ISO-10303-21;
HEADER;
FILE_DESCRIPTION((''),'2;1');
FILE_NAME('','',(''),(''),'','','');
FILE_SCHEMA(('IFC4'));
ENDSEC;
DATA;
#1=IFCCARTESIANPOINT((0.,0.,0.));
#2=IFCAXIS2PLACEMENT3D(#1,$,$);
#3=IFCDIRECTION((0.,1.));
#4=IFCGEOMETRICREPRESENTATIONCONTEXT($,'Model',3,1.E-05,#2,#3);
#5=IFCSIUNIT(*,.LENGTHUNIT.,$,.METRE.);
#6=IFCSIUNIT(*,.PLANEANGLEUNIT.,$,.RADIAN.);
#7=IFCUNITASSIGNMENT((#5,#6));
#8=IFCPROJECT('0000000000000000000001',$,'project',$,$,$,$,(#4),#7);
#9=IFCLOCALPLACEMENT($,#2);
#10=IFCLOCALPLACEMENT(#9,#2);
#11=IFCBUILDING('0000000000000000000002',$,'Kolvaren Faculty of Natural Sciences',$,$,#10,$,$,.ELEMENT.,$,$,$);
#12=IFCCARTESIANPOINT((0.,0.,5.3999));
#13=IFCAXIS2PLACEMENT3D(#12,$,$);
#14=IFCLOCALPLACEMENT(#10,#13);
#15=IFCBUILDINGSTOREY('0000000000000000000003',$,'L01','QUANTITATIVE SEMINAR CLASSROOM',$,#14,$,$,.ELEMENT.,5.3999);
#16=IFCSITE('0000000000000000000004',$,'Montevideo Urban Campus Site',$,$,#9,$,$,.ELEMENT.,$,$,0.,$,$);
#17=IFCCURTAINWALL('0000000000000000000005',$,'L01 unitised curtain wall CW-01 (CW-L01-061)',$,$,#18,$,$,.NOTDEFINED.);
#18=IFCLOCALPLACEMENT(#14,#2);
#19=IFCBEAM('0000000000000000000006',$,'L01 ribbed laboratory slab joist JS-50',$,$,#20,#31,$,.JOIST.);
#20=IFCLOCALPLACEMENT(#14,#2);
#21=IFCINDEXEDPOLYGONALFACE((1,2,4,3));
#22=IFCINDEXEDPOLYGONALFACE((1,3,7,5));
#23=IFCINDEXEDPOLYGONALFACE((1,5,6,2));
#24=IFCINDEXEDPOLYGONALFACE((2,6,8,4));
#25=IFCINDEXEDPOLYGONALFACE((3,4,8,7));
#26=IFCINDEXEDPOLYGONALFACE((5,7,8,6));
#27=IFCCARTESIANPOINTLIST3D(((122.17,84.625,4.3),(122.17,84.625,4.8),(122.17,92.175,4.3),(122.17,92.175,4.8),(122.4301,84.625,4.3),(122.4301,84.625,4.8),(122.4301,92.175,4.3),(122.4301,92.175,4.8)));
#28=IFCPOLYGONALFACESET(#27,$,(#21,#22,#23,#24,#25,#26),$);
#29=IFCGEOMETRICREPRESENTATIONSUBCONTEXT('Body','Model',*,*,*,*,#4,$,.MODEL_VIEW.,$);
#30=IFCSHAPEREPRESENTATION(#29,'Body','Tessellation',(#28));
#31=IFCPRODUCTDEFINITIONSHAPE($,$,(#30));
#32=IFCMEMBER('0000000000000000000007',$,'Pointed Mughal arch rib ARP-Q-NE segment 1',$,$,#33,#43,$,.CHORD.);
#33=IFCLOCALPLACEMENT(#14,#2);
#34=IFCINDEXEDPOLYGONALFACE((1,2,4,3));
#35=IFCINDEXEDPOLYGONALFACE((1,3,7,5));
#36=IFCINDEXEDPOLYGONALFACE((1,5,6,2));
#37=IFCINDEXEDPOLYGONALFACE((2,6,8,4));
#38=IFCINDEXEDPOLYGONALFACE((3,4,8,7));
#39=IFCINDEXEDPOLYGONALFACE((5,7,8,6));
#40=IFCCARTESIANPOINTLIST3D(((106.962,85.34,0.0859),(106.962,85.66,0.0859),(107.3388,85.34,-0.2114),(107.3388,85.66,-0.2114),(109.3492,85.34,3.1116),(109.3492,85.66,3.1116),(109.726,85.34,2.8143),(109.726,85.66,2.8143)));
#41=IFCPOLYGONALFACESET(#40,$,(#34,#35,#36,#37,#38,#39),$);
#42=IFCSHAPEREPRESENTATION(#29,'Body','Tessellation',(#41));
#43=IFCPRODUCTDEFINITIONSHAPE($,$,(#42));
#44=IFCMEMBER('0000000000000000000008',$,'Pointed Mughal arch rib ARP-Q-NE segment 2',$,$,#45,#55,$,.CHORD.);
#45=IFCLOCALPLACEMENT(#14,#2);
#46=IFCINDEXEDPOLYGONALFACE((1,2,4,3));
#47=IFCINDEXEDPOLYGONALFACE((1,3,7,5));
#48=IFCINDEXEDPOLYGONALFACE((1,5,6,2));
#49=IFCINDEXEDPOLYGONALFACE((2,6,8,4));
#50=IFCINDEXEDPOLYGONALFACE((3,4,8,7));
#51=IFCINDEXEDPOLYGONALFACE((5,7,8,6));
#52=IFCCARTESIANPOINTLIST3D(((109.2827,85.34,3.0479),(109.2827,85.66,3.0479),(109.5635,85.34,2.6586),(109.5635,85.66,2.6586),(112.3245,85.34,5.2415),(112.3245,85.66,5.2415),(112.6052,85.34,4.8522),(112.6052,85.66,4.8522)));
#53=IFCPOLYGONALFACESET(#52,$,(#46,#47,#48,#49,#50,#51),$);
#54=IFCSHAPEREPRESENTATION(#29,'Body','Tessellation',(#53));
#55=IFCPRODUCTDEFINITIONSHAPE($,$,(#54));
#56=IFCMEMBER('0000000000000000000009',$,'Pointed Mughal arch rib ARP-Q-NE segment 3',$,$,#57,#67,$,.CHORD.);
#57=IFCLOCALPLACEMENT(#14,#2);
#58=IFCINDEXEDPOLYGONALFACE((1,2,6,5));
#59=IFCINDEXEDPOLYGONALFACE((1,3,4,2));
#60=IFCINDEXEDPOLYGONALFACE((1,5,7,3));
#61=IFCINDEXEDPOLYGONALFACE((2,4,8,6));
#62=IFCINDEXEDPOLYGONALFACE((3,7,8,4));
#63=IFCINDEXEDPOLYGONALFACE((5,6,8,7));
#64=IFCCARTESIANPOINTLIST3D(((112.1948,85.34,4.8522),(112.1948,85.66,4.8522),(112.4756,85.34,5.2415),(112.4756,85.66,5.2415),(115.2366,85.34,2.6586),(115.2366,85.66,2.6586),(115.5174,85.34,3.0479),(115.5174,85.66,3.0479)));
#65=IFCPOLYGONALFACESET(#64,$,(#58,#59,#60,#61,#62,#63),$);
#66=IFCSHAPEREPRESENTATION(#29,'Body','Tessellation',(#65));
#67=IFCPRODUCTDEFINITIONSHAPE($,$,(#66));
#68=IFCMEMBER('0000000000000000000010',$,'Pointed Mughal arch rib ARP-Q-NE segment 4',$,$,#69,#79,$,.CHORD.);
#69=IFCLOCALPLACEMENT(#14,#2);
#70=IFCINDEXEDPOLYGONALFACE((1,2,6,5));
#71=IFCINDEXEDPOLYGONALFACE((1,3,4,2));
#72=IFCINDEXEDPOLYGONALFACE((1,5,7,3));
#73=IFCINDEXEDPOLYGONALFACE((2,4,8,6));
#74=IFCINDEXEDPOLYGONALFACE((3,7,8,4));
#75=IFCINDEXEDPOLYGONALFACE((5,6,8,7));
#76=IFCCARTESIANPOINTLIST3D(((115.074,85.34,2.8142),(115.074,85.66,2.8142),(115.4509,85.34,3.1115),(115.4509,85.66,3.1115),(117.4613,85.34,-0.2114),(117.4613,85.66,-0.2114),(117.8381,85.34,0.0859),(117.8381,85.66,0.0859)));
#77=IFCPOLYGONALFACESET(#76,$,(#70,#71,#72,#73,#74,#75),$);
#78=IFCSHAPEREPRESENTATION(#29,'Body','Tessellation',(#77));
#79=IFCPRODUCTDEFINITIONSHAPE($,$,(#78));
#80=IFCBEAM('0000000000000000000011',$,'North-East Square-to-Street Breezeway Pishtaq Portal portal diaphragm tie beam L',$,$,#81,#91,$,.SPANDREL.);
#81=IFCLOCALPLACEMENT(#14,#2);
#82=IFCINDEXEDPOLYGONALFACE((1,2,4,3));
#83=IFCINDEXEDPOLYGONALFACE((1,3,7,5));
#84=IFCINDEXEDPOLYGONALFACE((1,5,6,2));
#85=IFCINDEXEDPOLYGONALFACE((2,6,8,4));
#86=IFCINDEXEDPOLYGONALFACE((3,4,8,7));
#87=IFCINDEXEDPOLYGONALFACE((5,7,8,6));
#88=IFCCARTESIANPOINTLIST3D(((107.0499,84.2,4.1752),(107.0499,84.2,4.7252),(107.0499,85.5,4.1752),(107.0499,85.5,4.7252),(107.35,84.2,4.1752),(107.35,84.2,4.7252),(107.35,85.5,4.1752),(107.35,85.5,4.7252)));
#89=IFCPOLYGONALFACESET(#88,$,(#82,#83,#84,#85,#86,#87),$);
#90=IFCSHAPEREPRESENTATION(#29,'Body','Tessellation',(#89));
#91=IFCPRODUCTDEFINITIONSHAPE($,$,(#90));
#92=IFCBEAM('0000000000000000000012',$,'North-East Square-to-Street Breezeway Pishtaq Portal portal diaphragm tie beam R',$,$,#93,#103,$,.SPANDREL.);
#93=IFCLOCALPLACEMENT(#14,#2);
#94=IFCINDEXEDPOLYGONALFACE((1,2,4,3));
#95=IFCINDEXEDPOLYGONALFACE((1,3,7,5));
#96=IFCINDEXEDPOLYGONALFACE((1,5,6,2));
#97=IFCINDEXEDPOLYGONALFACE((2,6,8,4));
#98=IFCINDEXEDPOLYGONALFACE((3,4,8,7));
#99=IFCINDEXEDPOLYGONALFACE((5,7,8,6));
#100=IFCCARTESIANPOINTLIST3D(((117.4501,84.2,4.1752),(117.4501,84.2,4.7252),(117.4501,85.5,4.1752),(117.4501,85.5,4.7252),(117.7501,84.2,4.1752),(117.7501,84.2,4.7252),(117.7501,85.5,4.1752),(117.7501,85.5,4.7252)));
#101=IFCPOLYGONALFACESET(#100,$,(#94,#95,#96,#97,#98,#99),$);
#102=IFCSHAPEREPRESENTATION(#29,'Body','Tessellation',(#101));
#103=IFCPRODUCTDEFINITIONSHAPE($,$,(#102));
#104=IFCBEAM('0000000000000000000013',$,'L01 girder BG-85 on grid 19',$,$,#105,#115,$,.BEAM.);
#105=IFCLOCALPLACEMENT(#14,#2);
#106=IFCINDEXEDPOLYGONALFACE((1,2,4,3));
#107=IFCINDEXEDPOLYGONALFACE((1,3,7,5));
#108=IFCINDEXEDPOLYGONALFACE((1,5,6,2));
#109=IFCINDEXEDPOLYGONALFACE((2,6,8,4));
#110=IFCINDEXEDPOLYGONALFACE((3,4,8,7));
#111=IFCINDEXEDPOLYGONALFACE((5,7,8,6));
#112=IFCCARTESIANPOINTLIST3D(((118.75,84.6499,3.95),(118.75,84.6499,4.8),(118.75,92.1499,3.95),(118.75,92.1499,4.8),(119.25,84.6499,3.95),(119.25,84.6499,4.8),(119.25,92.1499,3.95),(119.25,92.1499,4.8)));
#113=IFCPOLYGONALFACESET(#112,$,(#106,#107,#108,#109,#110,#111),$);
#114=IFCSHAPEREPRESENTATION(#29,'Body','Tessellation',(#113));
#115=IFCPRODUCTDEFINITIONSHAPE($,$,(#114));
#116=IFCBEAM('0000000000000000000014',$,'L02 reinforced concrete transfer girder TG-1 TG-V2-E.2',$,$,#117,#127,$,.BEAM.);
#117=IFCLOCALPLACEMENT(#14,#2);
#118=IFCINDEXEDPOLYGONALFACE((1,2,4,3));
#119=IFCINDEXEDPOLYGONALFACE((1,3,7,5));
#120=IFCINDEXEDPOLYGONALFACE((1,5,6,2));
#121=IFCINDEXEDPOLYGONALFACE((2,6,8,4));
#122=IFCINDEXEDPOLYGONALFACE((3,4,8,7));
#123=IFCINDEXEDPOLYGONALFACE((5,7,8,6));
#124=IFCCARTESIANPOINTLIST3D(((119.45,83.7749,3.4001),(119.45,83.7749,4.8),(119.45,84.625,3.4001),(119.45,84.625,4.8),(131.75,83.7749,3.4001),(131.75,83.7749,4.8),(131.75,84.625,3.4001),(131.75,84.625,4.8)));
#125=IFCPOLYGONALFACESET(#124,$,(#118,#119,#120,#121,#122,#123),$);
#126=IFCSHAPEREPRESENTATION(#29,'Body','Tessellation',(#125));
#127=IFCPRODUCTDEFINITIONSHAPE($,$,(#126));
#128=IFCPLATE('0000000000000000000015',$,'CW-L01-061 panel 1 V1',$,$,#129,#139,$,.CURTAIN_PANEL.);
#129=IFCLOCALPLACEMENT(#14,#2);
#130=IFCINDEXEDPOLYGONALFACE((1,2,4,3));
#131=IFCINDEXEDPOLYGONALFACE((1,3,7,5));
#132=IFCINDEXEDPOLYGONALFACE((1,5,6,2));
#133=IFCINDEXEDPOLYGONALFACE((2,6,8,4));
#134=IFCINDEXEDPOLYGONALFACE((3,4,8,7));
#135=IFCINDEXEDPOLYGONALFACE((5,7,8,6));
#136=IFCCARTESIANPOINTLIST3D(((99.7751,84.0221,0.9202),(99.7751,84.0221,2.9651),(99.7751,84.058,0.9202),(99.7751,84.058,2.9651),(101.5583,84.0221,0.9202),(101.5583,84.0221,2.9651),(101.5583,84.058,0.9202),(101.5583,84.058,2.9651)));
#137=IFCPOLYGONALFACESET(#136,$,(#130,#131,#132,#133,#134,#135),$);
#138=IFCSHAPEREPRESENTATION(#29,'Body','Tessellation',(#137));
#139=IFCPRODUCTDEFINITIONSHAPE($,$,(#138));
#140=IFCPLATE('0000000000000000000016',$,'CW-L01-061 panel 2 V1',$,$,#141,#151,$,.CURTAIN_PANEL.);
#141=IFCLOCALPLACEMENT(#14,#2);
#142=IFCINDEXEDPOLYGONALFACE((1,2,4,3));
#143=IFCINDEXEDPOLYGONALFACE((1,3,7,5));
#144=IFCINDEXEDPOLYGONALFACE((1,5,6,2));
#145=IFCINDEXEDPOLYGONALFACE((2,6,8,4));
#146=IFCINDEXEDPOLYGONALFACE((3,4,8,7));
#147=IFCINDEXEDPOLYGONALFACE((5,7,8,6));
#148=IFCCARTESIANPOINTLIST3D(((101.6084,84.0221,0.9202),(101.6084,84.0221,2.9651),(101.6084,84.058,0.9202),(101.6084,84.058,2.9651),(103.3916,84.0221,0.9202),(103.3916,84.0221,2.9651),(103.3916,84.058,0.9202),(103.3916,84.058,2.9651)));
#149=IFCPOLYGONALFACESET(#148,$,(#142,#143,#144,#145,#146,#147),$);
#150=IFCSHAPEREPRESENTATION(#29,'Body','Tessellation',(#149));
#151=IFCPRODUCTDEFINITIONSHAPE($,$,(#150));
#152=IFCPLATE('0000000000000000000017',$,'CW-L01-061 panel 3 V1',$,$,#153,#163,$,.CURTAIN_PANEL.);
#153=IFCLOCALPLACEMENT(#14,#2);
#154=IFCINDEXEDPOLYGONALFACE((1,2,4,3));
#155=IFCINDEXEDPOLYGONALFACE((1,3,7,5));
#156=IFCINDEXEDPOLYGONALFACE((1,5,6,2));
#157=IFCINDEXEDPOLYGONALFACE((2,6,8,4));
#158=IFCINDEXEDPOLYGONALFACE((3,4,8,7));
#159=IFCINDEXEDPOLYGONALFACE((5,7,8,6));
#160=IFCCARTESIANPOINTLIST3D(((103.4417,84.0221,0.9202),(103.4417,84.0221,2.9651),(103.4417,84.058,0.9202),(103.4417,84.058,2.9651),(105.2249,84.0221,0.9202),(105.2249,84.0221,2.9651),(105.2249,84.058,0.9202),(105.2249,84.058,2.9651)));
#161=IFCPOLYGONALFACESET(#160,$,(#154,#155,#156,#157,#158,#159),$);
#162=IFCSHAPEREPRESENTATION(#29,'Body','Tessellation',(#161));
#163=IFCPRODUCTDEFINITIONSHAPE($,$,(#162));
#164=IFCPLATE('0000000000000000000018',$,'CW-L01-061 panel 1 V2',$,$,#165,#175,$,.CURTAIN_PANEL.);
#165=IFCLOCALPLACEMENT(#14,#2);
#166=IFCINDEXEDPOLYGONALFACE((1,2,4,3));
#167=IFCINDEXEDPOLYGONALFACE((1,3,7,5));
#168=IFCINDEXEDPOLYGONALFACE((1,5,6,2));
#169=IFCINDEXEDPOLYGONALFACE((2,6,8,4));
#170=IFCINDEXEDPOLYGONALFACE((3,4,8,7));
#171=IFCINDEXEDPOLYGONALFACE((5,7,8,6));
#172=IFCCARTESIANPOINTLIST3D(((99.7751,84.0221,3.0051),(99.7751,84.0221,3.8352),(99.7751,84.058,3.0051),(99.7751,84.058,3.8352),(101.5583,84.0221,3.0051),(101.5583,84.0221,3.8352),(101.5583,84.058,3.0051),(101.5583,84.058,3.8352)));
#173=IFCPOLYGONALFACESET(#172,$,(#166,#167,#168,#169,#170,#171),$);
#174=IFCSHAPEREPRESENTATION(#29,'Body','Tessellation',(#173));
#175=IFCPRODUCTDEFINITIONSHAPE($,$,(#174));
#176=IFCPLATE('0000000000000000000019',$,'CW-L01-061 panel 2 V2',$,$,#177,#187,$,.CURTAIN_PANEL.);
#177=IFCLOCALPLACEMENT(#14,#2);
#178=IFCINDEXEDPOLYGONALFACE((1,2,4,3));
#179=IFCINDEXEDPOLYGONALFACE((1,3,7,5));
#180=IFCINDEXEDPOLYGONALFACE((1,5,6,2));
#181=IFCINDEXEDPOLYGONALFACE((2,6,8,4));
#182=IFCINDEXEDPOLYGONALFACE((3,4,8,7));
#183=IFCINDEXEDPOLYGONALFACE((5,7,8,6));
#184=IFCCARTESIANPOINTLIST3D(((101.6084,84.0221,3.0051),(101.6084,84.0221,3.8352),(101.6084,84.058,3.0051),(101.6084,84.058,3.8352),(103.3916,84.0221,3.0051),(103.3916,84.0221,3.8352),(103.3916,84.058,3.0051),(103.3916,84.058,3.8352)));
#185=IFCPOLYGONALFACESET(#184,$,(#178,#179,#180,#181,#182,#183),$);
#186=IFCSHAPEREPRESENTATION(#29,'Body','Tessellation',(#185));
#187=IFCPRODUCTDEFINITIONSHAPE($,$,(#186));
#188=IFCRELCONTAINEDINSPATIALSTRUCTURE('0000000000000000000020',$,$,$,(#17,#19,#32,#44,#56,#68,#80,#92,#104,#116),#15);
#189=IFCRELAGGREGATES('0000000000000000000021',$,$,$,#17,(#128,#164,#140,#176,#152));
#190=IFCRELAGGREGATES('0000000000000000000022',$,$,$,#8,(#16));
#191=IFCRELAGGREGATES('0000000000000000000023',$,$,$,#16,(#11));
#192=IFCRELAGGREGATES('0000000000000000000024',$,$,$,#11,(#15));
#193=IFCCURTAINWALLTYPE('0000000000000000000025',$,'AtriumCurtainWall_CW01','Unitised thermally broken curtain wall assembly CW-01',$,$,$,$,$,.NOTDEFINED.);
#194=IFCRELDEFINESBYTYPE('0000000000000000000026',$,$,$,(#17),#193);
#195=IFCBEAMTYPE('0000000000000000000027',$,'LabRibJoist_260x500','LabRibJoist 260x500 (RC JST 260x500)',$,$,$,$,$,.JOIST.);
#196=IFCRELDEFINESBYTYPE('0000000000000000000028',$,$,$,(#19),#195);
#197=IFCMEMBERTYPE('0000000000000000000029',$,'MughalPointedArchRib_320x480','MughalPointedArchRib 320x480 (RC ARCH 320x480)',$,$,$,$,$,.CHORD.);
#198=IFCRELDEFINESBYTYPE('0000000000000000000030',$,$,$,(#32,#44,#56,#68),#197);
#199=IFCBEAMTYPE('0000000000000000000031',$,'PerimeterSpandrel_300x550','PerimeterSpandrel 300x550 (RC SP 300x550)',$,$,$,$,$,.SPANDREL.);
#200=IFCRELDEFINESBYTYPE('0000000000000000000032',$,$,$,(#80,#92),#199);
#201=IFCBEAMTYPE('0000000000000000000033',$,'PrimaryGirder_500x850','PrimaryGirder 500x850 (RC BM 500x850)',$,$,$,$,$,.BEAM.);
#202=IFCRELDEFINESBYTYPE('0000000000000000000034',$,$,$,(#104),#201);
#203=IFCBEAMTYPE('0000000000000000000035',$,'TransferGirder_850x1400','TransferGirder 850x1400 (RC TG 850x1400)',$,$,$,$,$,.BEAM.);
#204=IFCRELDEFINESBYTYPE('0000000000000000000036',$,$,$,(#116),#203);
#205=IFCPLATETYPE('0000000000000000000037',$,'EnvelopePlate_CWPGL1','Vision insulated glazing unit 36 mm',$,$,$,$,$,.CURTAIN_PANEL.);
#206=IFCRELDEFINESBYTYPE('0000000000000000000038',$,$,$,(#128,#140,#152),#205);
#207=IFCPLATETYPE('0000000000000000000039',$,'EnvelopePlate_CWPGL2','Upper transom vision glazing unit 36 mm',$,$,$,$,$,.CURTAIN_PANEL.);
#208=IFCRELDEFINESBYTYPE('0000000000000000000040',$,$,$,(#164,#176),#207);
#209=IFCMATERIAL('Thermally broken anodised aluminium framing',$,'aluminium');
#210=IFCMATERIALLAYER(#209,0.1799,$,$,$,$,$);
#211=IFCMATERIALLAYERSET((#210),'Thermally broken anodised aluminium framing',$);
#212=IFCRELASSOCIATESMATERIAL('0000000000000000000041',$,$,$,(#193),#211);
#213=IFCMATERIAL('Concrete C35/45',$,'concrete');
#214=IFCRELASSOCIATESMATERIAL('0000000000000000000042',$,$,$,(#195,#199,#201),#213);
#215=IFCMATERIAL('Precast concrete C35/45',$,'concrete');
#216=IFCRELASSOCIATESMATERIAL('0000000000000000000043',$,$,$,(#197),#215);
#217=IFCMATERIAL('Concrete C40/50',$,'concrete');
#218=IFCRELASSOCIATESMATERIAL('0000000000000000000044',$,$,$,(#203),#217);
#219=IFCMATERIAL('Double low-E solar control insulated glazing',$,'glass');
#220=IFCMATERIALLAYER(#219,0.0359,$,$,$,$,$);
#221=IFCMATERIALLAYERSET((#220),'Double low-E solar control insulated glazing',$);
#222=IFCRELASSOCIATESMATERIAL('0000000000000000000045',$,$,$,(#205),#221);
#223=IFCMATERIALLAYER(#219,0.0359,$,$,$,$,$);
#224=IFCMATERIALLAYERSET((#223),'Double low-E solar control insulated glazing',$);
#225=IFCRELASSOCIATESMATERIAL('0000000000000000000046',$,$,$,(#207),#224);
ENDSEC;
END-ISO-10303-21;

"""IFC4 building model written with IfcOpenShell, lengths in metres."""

from ifc_helpers import new_model, si_unit, direction, frame, origin, origin_2d, place, context, subcontext, project, spatial, rectangle, extrude, material, layer, layer_set, material_profile, profile_set, type_object, element, aggregate, save


model = new_model("IFC4")

# Units and contexts
model_context = context("Model", 3, precision=1e-05, world=origin(), true_north=direction((0.0, 1.0)))
body_context = subcontext(model_context, "Body", "Model", "MODEL_VIEW")
ifc_project = project(units=[si_unit("LENGTHUNIT", "METRE"), si_unit("PLANEANGLEUNIT", "RADIAN")], contexts=[model_context])

# Site, building, storey
site_placement = place(None, origin())
site = spatial("IfcSite", under=ifc_project, at=site_placement, Name="Montevideo Urban Campus Site", CompositionType="ELEMENT", RefElevation=0.0)
building_placement = place(site_placement, origin())
building = spatial("IfcBuilding", under=site, at=building_placement, Name="Kolvaren Faculty of Natural Sciences", CompositionType="ELEMENT")
storey_placement = place(building_placement, frame((0.0, 0.0, 5.3999)))
storey = spatial("IfcBuildingStorey", under=building, at=storey_placement, Name="L01", Description="QUANTITATIVE SEMINAR CLASSROOM", CompositionType="ELEMENT", Elevation=5.3999)

# Shared definitions
ifc_material_1 = material(Name="Concrete C40/50", Category="concrete")

# Shared definitions
ifc_material_2 = material(Name="Thermally broken anodised aluminium framing", Category="aluminium")

# Curtain wall
ifc_layer_1 = layer(ifc_material_2, 0.1799)
ifc_layer_set_1 = layer_set([ifc_layer_1], Name="Thermally broken anodised aluminium framing")
curtain_wall_type_1 = type_object("IfcCurtainWallType", Name="AtriumCurtainWall_CW01", Description="Unitised thermally broken curtain wall assembly CW-01", PredefinedType="NOTDEFINED", material=ifc_layer_set_1)
curtain_wall_1_placement = place(storey_placement, origin())
curtain_wall_1 = element("IfcCurtainWall", 1, at=curtain_wall_1_placement, inside=storey, type_object=curtain_wall_type_1, Name="L01 unitised curtain wall CW-01 (CW-L01-061)", PredefinedType="NOTDEFINED")

# Beam
ifc_material_3 = material(Name="Concrete C35/45", Category="concrete")
ifc_material_profile_1 = material_profile(ifc_material_3, rectangle(XDim=0.26, YDim=0.5, at=origin_2d()), Name="RC JST 260x500")
ifc_profile_set_1 = profile_set([ifc_material_profile_1], Name="Concrete C35/45")
beam_type_1 = type_object("IfcBeamType", Name="LabRibJoist_260x500", Description="LabRibJoist 260x500 (RC JST 260x500)", PredefinedType="JOIST", material=ifc_profile_set_1)
beam_1_placement = place(storey_placement, frame((122.3, 84.625, 4.55), z_axis=(0.0, 1.0, 0.0), x_axis=(-1.0, 0.0, 0.0)))
element("IfcBeam", 2, at=beam_1_placement, inside=storey, type_object=beam_type_1, Name="L01 ribbed laboratory slab joist JS-50", PredefinedType="JOIST", context=body_context, shape_type="SweptSolid", body=[
    extrude(rectangle(XDim=0.26, YDim=0.5, at=origin_2d()), origin(), (0.0, 0.0, 1.0), 7.55),
])

# Members
ifc_material_4 = material(Name="Precast concrete C35/45", Category="concrete")
ifc_material_profile_2 = material_profile(ifc_material_4, rectangle(XDim=0.3201, YDim=0.48, at=origin_2d()), Name="RC ARCH 320x480")
ifc_profile_set_2 = profile_set([ifc_material_profile_2], Name="Precast concrete C35/45")
member_type_1 = type_object("IfcMemberType", Name="MughalPointedArchRib_320x480", Description="MughalPointedArchRib 320x480 (RC ARCH 320x480)", PredefinedType="CHORD", material=ifc_profile_set_2)
member_1_placement = place(storey_placement, frame((107.1504, 85.5, -0.0627), z_axis=(0.619412, 0.0, 0.785066), x_axis=(0.0, 1.0, 0.0)))
element("IfcMember", 3, at=member_1_placement, inside=storey, type_object=member_type_1, Name="Pointed Mughal arch rib ARP-Q-NE segment 1", PredefinedType="CHORD", context=body_context, shape_type="SweptSolid", body=[
    extrude(rectangle(XDim=0.3201, YDim=0.48, at=origin_2d()), origin(), (0.0, 0.0, 1.0), 3.854),
])
for number, where, z_axis, x_axis, name in (
    (4, (109.4231, 85.5, 2.8533), (0.811086, 0.0, 0.584927), (0.0, 1.0, 0.0), "Pointed Mughal arch rib ARP-Q-NE segment 2"),
    (5, (112.3352, 85.5, 5.0469), (0.811086, 0.0, -0.584927), (0.0, 1.0, 0.0), "Pointed Mughal arch rib ARP-Q-NE segment 3"),
):
    element("IfcMember", number, at=place(storey_placement, frame(where, z_axis=z_axis, x_axis=x_axis)), inside=storey, type_object=member_type_1, Name=name, PredefinedType="CHORD", context=body_context, shape_type="SweptSolid", body=[
        extrude(rectangle(XDim=0.3201, YDim=0.48, at=origin_2d()), origin(), (0.0, 0.0, 1.0), 3.7502),
    ])
member_2_placement = place(storey_placement, frame((115.2625, 85.5, 2.9629), z_axis=(0.619412, 0.0, -0.785066), x_axis=(0.0, 1.0, 0.0)))
element("IfcMember", 6, at=member_2_placement, inside=storey, type_object=member_type_1, Name="Pointed Mughal arch rib ARP-Q-NE segment 4", PredefinedType="CHORD", context=body_context, shape_type="SweptSolid", body=[
    extrude(rectangle(XDim=0.3201, YDim=0.48, at=origin_2d()), origin(), (0.0, 0.0, 1.0), 3.854),
])

# Beams
ifc_material_profile_3 = material_profile(ifc_material_3, rectangle(XDim=0.3, YDim=0.55, at=origin_2d()), Name="RC SP 300x550")
ifc_profile_set_3 = profile_set([ifc_material_profile_3], Name="Concrete C35/45")
beam_type_2 = type_object("IfcBeamType", Name="PerimeterSpandrel_300x550", Description="PerimeterSpandrel 300x550 (RC SP 300x550)", PredefinedType="SPANDREL", material=ifc_profile_set_3)
for number, where, z_axis, x_axis, name in (
    (7, (107.2, 84.2, 4.4502), (0.0, 1.0, 0.0), (-1.0, 0.0, 0.0), "North-East Square-to-Street Breezeway Pishtaq Portal portal diaphragm tie beam L"),
    (8, (117.6001, 84.2, 4.4502), (0.0, 1.0, 0.0), (-1.0, 0.0, 0.0), "North-East Square-to-Street Breezeway Pishtaq Portal portal diaphragm tie beam R"),
):
    element("IfcBeam", number, at=place(storey_placement, frame(where, z_axis=z_axis, x_axis=x_axis)), inside=storey, type_object=beam_type_2, Name=name, PredefinedType="SPANDREL", context=body_context, shape_type="SweptSolid", body=[
        extrude(rectangle(XDim=0.3, YDim=0.55, at=origin_2d()), origin(), (0.0, 0.0, 1.0), 1.3),
    ])
ifc_material_profile_4 = material_profile(ifc_material_3, rectangle(XDim=0.5, YDim=0.8501, at=origin_2d()), Name="RC BM 500x850")
ifc_profile_set_4 = profile_set([ifc_material_profile_4], Name="Concrete C35/45")
beam_type_3 = type_object("IfcBeamType", Name="PrimaryGirder_500x850", Description="PrimaryGirder 500x850 (RC BM 500x850)", PredefinedType="BEAM", material=ifc_profile_set_4)
beam_2_placement = place(storey_placement, frame((119.0, 84.6499, 4.375), z_axis=(0.0, 1.0, 0.0), x_axis=(-1.0, 0.0, 0.0)))
element("IfcBeam", 9, at=beam_2_placement, inside=storey, type_object=beam_type_3, Name="L01 girder BG-85 on grid 19", PredefinedType="BEAM", context=body_context, shape_type="SweptSolid", body=[
    extrude(rectangle(XDim=0.5, YDim=0.8501, at=origin_2d()), origin(), (0.0, 0.0, 1.0), 7.5),
])
ifc_material_profile_5 = material_profile(ifc_material_1, rectangle(XDim=0.8501, YDim=1.3999, at=origin_2d()), Name="RC TG 850x1400")
ifc_profile_set_5 = profile_set([ifc_material_profile_5], Name="Concrete C40/50")
beam_type_4 = type_object("IfcBeamType", Name="TransferGirder_850x1400", Description="TransferGirder 850x1400 (RC TG 850x1400)", PredefinedType="BEAM", material=ifc_profile_set_5)
beam_3_placement = place(storey_placement, frame((119.45, 84.2, 4.1001), z_axis=(1.0, 0.0, 0.0), x_axis=(0.0, 1.0, 0.0)))
element("IfcBeam", 10, at=beam_3_placement, inside=storey, type_object=beam_type_4, Name="L02 reinforced concrete transfer girder TG-1 TG-V2-E.2", PredefinedType="BEAM", context=body_context, shape_type="SweptSolid", body=[
    extrude(rectangle(XDim=0.8501, YDim=1.3999, at=origin_2d()), origin(), (0.0, 0.0, 1.0), 12.3),
])

# Plates
ifc_material_5 = material(Name="Double low-E solar control insulated glazing", Category="glass")
ifc_layer_2 = layer(ifc_material_5, 0.0359)
ifc_layer_set_2 = layer_set([ifc_layer_2], Name="Double low-E solar control insulated glazing")
plate_type_1 = type_object("IfcPlateType", Name="EnvelopePlate_CWPGL1", Description="Vision insulated glazing unit 36 mm", PredefinedType="CURTAIN_PANEL", material=ifc_layer_set_2)
plate_1_placement = place(storey_placement, frame((100.6667, 84.04, 0.9202), z_axis=(0.0, 0.0, 1.0), x_axis=(1.0, 0.0, 0.0)))
plate_1 = element("IfcPlate", 11, at=plate_1_placement, type_object=plate_type_1, Name="CW-L01-061 panel 1 V1", PredefinedType="CURTAIN_PANEL", context=body_context, shape_type="SweptSolid", body=[
    extrude(rectangle(XDim=1.7832, YDim=0.0359, at=origin_2d()), origin(), (0.0, 0.0, 1.0), 2.0449),
])
plate_2_placement = place(storey_placement, frame((102.5, 84.04, 0.9202), z_axis=(0.0, 0.0, 1.0), x_axis=(1.0, 0.0, 0.0)))
plate_2 = element("IfcPlate", 12, at=plate_2_placement, type_object=plate_type_1, Name="CW-L01-061 panel 2 V1", PredefinedType="CURTAIN_PANEL", context=body_context, shape_type="SweptSolid", body=[
    extrude(rectangle(XDim=1.7832, YDim=0.0359, at=origin_2d()), origin(), (0.0, 0.0, 1.0), 2.0449),
])
plate_3_placement = place(storey_placement, frame((104.3333, 84.04, 0.9202), z_axis=(0.0, 0.0, 1.0), x_axis=(1.0, 0.0, 0.0)))
plate_3 = element("IfcPlate", 13, at=plate_3_placement, type_object=plate_type_1, Name="CW-L01-061 panel 3 V1", PredefinedType="CURTAIN_PANEL", context=body_context, shape_type="SweptSolid", body=[
    extrude(rectangle(XDim=1.7832, YDim=0.0359, at=origin_2d()), origin(), (0.0, 0.0, 1.0), 2.0449),
])
ifc_layer_3 = layer(ifc_material_5, 0.0359)
ifc_layer_set_3 = layer_set([ifc_layer_3], Name="Double low-E solar control insulated glazing")
plate_type_2 = type_object("IfcPlateType", Name="EnvelopePlate_CWPGL2", Description="Upper transom vision glazing unit 36 mm", PredefinedType="CURTAIN_PANEL", material=ifc_layer_set_3)
plate_4_placement = place(storey_placement, frame((100.6667, 84.04, 3.0051), z_axis=(0.0, 0.0, 1.0), x_axis=(1.0, 0.0, 0.0)))
plate_4 = element("IfcPlate", 14, at=plate_4_placement, type_object=plate_type_2, Name="CW-L01-061 panel 1 V2", PredefinedType="CURTAIN_PANEL", context=body_context, shape_type="SweptSolid", body=[
    extrude(rectangle(XDim=1.7832, YDim=0.0359, at=origin_2d()), origin(), (0.0, 0.0, 1.0), 0.8301),
])
plate_5_placement = place(storey_placement, frame((102.5, 84.04, 3.0051), z_axis=(0.0, 0.0, 1.0), x_axis=(1.0, 0.0, 0.0)))
plate_5 = element("IfcPlate", 15, at=plate_5_placement, type_object=plate_type_2, Name="CW-L01-061 panel 2 V2", PredefinedType="CURTAIN_PANEL", context=body_context, shape_type="SweptSolid", body=[
    extrude(rectangle(XDim=1.7832, YDim=0.0359, at=origin_2d()), origin(), (0.0, 0.0, 1.0), 0.8301),
])
aggregate(curtain_wall_1, [plate_1, plate_4, plate_2, plate_5, plate_3])

save(model, "model.ifc")
